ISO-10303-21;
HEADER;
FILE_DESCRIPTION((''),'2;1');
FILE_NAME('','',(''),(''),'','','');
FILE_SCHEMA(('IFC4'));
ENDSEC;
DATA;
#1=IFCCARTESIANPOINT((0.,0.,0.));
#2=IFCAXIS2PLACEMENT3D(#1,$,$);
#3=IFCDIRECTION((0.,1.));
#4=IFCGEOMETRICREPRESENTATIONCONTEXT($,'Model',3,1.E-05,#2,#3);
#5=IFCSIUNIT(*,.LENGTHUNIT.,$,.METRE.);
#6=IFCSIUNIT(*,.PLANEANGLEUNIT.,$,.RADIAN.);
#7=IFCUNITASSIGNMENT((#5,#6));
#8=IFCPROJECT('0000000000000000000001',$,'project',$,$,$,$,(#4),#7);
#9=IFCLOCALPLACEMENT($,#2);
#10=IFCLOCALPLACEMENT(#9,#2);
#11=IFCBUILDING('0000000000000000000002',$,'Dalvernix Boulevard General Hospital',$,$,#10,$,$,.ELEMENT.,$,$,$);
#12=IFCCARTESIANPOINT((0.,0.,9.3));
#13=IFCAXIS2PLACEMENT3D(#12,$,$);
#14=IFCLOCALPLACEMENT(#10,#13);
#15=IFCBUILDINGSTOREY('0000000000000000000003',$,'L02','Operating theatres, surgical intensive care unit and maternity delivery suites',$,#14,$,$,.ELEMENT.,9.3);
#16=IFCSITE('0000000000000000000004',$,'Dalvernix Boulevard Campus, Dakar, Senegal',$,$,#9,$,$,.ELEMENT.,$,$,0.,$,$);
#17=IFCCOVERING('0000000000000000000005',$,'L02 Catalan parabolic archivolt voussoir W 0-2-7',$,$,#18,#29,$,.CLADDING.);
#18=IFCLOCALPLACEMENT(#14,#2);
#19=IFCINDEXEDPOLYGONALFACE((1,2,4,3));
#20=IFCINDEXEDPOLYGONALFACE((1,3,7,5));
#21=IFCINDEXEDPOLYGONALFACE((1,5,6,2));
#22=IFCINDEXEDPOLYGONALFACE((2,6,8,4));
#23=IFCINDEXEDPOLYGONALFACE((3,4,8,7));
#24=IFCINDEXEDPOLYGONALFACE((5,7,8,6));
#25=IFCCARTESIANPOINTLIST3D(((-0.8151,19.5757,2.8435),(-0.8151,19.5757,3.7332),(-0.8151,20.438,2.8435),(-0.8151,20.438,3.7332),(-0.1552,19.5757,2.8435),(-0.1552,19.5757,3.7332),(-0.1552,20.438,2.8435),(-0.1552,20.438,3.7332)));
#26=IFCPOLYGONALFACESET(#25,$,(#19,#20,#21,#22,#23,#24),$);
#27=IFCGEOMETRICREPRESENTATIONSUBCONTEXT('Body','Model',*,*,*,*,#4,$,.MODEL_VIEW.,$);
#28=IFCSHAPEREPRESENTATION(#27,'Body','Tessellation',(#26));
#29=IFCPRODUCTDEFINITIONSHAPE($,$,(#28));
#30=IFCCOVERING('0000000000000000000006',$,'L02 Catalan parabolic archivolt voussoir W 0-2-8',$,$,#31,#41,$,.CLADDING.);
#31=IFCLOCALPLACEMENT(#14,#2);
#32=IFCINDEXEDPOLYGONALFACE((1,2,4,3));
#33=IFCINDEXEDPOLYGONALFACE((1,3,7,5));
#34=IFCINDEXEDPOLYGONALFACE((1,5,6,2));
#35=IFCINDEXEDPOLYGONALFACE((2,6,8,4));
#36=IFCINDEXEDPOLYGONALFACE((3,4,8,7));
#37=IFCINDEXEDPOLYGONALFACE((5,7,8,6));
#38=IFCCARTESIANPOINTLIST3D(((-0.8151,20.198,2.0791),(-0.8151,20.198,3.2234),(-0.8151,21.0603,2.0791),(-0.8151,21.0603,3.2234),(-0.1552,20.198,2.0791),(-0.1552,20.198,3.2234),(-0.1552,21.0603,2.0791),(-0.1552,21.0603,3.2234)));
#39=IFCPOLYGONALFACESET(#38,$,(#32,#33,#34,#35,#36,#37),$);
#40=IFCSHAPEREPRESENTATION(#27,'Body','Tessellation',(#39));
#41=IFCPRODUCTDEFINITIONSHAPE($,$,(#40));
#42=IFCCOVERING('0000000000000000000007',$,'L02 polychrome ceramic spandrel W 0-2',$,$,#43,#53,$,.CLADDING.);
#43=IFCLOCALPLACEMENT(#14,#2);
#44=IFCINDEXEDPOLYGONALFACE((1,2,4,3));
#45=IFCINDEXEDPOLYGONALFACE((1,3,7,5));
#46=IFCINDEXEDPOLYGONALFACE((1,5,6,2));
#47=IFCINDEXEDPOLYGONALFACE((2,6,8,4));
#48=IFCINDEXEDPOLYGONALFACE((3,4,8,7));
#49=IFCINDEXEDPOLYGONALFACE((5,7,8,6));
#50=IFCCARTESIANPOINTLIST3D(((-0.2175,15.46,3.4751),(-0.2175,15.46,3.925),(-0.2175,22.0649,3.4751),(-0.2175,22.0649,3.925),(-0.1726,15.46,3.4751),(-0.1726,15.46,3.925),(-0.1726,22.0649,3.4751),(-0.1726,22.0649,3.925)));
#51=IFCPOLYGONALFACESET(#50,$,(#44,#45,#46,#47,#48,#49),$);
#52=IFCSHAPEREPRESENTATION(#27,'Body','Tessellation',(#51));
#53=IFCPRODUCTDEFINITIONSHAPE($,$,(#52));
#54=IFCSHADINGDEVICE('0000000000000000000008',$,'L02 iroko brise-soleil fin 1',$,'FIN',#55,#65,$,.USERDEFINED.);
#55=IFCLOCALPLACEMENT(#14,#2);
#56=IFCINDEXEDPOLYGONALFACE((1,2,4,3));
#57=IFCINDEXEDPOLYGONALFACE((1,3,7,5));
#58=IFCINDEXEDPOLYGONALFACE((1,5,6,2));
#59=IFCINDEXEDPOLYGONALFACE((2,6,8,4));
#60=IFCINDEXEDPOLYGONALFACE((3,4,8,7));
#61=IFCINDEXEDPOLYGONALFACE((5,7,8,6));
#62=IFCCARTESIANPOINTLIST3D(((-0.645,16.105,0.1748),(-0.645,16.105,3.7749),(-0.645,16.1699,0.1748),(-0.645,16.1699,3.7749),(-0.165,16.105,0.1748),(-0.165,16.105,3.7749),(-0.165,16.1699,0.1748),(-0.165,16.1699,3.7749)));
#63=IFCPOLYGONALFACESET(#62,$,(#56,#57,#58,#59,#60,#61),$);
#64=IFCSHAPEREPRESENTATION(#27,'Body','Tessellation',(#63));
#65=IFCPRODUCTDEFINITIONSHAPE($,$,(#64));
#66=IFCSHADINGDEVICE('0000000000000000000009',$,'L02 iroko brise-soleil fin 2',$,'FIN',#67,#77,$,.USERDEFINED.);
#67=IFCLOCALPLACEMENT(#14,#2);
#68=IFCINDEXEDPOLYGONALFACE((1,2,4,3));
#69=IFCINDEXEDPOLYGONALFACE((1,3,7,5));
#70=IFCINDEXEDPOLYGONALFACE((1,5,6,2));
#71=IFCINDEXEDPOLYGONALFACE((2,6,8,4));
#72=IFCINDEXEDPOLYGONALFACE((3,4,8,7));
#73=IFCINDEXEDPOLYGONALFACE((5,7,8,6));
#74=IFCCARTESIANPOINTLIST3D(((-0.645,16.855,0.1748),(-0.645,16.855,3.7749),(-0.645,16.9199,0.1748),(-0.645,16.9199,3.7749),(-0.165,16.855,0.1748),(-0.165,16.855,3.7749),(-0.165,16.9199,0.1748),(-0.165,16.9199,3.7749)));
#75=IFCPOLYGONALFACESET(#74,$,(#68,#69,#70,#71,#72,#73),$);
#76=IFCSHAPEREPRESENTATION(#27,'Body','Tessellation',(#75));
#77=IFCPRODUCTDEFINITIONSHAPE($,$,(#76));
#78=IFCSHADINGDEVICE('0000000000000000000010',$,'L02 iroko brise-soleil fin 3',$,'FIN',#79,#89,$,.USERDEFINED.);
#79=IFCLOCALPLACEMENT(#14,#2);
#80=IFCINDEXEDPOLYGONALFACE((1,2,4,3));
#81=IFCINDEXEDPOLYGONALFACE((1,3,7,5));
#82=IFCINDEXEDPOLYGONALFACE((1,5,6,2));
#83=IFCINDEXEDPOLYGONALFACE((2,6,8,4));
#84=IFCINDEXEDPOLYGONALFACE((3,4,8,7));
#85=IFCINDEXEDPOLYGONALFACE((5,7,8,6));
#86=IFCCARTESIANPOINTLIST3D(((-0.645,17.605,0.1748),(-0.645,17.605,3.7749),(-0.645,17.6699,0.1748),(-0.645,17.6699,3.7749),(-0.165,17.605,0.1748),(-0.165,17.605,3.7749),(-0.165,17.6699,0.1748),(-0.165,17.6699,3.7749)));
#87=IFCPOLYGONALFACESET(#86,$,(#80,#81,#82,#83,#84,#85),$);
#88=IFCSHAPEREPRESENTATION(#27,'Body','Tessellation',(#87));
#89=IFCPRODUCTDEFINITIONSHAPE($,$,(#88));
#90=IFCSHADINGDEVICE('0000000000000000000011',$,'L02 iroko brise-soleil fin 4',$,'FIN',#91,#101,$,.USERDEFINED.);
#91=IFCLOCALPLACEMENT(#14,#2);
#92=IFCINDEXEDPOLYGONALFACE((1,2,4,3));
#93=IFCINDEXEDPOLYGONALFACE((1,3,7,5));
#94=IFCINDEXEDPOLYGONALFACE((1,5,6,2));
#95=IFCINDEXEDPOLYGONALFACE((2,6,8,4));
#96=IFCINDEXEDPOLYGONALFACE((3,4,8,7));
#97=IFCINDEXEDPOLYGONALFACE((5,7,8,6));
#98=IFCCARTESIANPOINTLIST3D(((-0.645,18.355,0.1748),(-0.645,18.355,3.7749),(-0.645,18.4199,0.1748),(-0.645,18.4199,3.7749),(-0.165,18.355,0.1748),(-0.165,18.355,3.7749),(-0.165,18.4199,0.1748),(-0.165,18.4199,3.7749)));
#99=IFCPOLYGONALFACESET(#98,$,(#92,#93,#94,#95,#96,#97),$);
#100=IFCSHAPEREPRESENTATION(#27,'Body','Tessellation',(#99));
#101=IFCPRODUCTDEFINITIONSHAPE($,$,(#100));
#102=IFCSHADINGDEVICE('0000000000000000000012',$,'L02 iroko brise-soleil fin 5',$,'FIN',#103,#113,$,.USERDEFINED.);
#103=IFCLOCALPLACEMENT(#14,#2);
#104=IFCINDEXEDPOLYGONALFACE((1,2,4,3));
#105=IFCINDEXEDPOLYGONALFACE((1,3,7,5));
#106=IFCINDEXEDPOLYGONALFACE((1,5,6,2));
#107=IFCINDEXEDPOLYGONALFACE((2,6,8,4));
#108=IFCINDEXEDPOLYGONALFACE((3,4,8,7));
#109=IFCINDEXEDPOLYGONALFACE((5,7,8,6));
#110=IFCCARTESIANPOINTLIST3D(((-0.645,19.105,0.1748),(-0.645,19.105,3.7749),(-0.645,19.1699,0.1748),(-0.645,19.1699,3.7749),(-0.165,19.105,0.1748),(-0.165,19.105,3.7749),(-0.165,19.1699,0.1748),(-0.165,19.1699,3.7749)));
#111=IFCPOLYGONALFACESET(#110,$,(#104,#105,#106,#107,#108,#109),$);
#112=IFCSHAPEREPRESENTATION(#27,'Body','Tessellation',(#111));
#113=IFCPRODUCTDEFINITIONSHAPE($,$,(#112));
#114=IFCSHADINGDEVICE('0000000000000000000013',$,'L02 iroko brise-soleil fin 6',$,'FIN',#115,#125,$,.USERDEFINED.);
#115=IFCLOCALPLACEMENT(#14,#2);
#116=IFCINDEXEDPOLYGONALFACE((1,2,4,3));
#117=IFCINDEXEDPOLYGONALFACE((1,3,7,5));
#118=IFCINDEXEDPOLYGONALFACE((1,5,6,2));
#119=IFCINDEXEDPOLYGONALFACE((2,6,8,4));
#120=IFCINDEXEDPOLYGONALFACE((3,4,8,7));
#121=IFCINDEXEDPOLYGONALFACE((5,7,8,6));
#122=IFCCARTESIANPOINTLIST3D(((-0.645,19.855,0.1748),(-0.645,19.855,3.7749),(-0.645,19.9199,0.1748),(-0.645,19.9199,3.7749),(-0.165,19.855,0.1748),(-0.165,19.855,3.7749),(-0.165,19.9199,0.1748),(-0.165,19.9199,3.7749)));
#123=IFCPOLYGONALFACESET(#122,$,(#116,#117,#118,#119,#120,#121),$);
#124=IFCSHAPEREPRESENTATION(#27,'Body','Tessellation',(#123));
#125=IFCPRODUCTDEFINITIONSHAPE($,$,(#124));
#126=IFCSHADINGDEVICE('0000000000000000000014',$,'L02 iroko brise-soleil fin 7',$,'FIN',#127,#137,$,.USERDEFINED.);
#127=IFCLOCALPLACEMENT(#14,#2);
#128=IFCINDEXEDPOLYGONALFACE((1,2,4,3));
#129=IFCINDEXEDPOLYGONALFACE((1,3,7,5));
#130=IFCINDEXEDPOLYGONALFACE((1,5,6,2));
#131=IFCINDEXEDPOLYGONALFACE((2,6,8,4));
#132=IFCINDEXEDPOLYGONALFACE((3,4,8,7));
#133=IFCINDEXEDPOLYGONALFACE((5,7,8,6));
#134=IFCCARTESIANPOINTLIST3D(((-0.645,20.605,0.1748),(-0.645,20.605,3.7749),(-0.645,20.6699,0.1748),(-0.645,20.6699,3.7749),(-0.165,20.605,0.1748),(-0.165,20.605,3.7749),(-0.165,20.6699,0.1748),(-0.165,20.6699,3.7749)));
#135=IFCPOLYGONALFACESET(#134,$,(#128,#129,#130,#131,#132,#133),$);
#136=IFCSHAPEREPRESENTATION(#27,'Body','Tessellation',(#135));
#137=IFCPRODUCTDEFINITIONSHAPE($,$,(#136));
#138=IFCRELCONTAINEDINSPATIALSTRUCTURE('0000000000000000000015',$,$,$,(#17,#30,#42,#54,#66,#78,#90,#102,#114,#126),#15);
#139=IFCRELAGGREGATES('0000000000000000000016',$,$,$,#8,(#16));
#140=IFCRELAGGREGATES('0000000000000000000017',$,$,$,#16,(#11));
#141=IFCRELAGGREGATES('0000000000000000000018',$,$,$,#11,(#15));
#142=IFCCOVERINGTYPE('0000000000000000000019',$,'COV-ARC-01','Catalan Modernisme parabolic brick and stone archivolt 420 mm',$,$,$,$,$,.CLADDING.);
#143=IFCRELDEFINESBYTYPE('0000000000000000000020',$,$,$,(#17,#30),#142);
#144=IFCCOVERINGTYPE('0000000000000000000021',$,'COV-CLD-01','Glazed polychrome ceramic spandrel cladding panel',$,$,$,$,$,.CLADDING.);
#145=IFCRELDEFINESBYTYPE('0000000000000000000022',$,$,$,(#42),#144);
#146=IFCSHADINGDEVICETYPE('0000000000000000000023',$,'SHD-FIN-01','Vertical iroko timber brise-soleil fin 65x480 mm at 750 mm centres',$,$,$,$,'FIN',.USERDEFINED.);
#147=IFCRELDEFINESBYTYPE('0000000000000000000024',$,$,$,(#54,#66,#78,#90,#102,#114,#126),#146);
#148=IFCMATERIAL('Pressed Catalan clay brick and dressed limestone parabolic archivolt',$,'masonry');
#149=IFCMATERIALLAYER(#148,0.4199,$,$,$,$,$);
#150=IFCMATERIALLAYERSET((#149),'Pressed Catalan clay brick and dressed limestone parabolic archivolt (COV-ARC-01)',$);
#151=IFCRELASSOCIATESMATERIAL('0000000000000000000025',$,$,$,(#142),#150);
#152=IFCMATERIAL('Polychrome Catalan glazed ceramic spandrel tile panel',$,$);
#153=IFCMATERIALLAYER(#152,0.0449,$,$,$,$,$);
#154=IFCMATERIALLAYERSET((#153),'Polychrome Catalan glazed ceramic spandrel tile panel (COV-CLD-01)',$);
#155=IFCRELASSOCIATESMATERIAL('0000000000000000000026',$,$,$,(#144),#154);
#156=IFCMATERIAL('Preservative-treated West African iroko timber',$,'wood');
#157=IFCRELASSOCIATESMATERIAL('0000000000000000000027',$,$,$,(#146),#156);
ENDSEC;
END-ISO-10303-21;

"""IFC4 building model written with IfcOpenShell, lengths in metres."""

from ifc_helpers import new_model, si_unit, direction, frame, origin, origin_2d, place, context, subcontext, project, spatial, rectangle, extrude, material, layer, layer_set, type_object, element, save


model = new_model("IFC4")

# Units and contexts
model_context = context("Model", 3, precision=1e-05, world=origin(), true_north=direction((0.0, 1.0)))
body_context = subcontext(model_context, "Body", "Model", "MODEL_VIEW")
ifc_project = project(units=[si_unit("LENGTHUNIT", "METRE"), si_unit("PLANEANGLEUNIT", "RADIAN")], contexts=[model_context])

# Site, building, storey
site_placement = place(None, origin())
site = spatial("IfcSite", under=ifc_project, at=site_placement, Name="Dalvernix Boulevard Campus, Dakar, Senegal", CompositionType="ELEMENT", RefElevation=0.0)
building_placement = place(site_placement, origin())
building = spatial("IfcBuilding", under=site, at=building_placement, Name="Dalvernix Boulevard General Hospital", CompositionType="ELEMENT")
storey_placement = place(building_placement, frame((0.0, 0.0, 9.3)))
storey = spatial("IfcBuildingStorey", under=building, at=storey_placement, Name="L02", Description="Operating theatres, surgical intensive care unit and maternity delivery suites", CompositionType="ELEMENT", Elevation=9.3)

# Coverings
ifc_material_1 = material(Name="Pressed Catalan clay brick and dressed limestone parabolic archivolt", Category="masonry")
ifc_layer_1 = layer(ifc_material_1, 0.4199)
ifc_layer_set_1 = layer_set([ifc_layer_1], Name="Pressed Catalan clay brick and dressed limestone parabolic archivolt (COV-ARC-01)")
covering_type_1 = type_object("IfcCoveringType", Name="COV-ARC-01", Description="Catalan Modernisme parabolic brick and stone archivolt 420 mm", PredefinedType="CLADDING", material=ifc_layer_set_1)
covering_1_placement = place(storey_placement, frame((-0.4851, 20.0068, 2.8435), z_axis=(0.0, 0.0, 1.0), x_axis=(0.0, 1.0, 0.0)))
element("IfcCovering", 1, at=covering_1_placement, inside=storey, type_object=covering_type_1, Name="L02 Catalan parabolic archivolt voussoir W 0-2-7", PredefinedType="CLADDING", context=body_context, shape_type="SweptSolid", body=[
    extrude(rectangle(XDim=0.8623, YDim=0.6599, at=origin_2d()), origin(), (0.0, 0.0, 1.0), 0.8896),
])
covering_2_placement = place(storey_placement, frame((-0.4851, 20.6292, 2.0791), z_axis=(0.0, 0.0, 1.0), x_axis=(0.0, 1.0, 0.0)))
element("IfcCovering", 2, at=covering_2_placement, inside=storey, type_object=covering_type_1, Name="L02 Catalan parabolic archivolt voussoir W 0-2-8", PredefinedType="CLADDING", context=body_context, shape_type="SweptSolid", body=[
    extrude(rectangle(XDim=0.8623, YDim=0.6599, at=origin_2d()), origin(), (0.0, 0.0, 1.0), 1.1443),
])
ifc_material_2 = material(Name="Polychrome Catalan glazed ceramic spandrel tile panel")
ifc_layer_2 = layer(ifc_material_2, 0.0449)
ifc_layer_set_2 = layer_set([ifc_layer_2], Name="Polychrome Catalan glazed ceramic spandrel tile panel (COV-CLD-01)")
covering_type_2 = type_object("IfcCoveringType", Name="COV-CLD-01", Description="Glazed polychrome ceramic spandrel cladding panel", PredefinedType="CLADDING", material=ifc_layer_set_2)
covering_3_placement = place(storey_placement, frame((-0.1951, 18.7625, 3.4751), z_axis=(0.0, 0.0, 1.0), x_axis=(0.0, 1.0, 0.0)))
element("IfcCovering", 3, at=covering_3_placement, inside=storey, type_object=covering_type_2, Name="L02 polychrome ceramic spandrel W 0-2", PredefinedType="CLADDING", context=body_context, shape_type="SweptSolid", body=[
    extrude(rectangle(XDim=6.605, YDim=0.0449, at=origin_2d()), origin(), (0.0, 0.0, 1.0), 0.45),
])

# Shading devices
ifc_material_3 = material(Name="Preservative-treated West African iroko timber", Category="wood")
shading_device_type = type_object("IfcShadingDeviceType", Name="SHD-FIN-01", Description="Vertical iroko timber brise-soleil fin 65x480 mm at 750 mm centres", ElementType="FIN", PredefinedType="USERDEFINED", material=ifc_material_3)
for number, where, z_axis, x_axis, name in (
    (4, (-0.405, 16.1375, 0.1748), (0.0, 0.0, 1.0), (0.0, 1.0, 0.0), "L02 iroko brise-soleil fin 1"),
    (5, (-0.405, 16.8875, 0.1748), (0.0, 0.0, 1.0), (0.0, 1.0, 0.0), "L02 iroko brise-soleil fin 2"),
    (6, (-0.405, 17.6375, 0.1748), (0.0, 0.0, 1.0), (0.0, 1.0, 0.0), "L02 iroko brise-soleil fin 3"),
    (7, (-0.405, 18.3875, 0.1748), (0.0, 0.0, 1.0), (0.0, 1.0, 0.0), "L02 iroko brise-soleil fin 4"),
    (8, (-0.405, 19.1375, 0.1748), (0.0, 0.0, 1.0), (0.0, 1.0, 0.0), "L02 iroko brise-soleil fin 5"),
    (9, (-0.405, 19.8875, 0.1748), (0.0, 0.0, 1.0), (0.0, 1.0, 0.0), "L02 iroko brise-soleil fin 6"),
    (10, (-0.405, 20.6375, 0.1748), (0.0, 0.0, 1.0), (0.0, 1.0, 0.0), "L02 iroko brise-soleil fin 7"),
):
    element("IfcShadingDevice", number, at=place(storey_placement, frame(where, z_axis=z_axis, x_axis=x_axis)), inside=storey, type_object=shading_device_type, Name=name, ObjectType="FIN", PredefinedType="USERDEFINED", context=body_context, shape_type="SweptSolid", body=[
        extrude(rectangle(XDim=0.0649, YDim=0.48, at=origin_2d()), origin(), (0.0, 0.0, 1.0), 3.6001),
    ])

save(model, "model.ifc")
